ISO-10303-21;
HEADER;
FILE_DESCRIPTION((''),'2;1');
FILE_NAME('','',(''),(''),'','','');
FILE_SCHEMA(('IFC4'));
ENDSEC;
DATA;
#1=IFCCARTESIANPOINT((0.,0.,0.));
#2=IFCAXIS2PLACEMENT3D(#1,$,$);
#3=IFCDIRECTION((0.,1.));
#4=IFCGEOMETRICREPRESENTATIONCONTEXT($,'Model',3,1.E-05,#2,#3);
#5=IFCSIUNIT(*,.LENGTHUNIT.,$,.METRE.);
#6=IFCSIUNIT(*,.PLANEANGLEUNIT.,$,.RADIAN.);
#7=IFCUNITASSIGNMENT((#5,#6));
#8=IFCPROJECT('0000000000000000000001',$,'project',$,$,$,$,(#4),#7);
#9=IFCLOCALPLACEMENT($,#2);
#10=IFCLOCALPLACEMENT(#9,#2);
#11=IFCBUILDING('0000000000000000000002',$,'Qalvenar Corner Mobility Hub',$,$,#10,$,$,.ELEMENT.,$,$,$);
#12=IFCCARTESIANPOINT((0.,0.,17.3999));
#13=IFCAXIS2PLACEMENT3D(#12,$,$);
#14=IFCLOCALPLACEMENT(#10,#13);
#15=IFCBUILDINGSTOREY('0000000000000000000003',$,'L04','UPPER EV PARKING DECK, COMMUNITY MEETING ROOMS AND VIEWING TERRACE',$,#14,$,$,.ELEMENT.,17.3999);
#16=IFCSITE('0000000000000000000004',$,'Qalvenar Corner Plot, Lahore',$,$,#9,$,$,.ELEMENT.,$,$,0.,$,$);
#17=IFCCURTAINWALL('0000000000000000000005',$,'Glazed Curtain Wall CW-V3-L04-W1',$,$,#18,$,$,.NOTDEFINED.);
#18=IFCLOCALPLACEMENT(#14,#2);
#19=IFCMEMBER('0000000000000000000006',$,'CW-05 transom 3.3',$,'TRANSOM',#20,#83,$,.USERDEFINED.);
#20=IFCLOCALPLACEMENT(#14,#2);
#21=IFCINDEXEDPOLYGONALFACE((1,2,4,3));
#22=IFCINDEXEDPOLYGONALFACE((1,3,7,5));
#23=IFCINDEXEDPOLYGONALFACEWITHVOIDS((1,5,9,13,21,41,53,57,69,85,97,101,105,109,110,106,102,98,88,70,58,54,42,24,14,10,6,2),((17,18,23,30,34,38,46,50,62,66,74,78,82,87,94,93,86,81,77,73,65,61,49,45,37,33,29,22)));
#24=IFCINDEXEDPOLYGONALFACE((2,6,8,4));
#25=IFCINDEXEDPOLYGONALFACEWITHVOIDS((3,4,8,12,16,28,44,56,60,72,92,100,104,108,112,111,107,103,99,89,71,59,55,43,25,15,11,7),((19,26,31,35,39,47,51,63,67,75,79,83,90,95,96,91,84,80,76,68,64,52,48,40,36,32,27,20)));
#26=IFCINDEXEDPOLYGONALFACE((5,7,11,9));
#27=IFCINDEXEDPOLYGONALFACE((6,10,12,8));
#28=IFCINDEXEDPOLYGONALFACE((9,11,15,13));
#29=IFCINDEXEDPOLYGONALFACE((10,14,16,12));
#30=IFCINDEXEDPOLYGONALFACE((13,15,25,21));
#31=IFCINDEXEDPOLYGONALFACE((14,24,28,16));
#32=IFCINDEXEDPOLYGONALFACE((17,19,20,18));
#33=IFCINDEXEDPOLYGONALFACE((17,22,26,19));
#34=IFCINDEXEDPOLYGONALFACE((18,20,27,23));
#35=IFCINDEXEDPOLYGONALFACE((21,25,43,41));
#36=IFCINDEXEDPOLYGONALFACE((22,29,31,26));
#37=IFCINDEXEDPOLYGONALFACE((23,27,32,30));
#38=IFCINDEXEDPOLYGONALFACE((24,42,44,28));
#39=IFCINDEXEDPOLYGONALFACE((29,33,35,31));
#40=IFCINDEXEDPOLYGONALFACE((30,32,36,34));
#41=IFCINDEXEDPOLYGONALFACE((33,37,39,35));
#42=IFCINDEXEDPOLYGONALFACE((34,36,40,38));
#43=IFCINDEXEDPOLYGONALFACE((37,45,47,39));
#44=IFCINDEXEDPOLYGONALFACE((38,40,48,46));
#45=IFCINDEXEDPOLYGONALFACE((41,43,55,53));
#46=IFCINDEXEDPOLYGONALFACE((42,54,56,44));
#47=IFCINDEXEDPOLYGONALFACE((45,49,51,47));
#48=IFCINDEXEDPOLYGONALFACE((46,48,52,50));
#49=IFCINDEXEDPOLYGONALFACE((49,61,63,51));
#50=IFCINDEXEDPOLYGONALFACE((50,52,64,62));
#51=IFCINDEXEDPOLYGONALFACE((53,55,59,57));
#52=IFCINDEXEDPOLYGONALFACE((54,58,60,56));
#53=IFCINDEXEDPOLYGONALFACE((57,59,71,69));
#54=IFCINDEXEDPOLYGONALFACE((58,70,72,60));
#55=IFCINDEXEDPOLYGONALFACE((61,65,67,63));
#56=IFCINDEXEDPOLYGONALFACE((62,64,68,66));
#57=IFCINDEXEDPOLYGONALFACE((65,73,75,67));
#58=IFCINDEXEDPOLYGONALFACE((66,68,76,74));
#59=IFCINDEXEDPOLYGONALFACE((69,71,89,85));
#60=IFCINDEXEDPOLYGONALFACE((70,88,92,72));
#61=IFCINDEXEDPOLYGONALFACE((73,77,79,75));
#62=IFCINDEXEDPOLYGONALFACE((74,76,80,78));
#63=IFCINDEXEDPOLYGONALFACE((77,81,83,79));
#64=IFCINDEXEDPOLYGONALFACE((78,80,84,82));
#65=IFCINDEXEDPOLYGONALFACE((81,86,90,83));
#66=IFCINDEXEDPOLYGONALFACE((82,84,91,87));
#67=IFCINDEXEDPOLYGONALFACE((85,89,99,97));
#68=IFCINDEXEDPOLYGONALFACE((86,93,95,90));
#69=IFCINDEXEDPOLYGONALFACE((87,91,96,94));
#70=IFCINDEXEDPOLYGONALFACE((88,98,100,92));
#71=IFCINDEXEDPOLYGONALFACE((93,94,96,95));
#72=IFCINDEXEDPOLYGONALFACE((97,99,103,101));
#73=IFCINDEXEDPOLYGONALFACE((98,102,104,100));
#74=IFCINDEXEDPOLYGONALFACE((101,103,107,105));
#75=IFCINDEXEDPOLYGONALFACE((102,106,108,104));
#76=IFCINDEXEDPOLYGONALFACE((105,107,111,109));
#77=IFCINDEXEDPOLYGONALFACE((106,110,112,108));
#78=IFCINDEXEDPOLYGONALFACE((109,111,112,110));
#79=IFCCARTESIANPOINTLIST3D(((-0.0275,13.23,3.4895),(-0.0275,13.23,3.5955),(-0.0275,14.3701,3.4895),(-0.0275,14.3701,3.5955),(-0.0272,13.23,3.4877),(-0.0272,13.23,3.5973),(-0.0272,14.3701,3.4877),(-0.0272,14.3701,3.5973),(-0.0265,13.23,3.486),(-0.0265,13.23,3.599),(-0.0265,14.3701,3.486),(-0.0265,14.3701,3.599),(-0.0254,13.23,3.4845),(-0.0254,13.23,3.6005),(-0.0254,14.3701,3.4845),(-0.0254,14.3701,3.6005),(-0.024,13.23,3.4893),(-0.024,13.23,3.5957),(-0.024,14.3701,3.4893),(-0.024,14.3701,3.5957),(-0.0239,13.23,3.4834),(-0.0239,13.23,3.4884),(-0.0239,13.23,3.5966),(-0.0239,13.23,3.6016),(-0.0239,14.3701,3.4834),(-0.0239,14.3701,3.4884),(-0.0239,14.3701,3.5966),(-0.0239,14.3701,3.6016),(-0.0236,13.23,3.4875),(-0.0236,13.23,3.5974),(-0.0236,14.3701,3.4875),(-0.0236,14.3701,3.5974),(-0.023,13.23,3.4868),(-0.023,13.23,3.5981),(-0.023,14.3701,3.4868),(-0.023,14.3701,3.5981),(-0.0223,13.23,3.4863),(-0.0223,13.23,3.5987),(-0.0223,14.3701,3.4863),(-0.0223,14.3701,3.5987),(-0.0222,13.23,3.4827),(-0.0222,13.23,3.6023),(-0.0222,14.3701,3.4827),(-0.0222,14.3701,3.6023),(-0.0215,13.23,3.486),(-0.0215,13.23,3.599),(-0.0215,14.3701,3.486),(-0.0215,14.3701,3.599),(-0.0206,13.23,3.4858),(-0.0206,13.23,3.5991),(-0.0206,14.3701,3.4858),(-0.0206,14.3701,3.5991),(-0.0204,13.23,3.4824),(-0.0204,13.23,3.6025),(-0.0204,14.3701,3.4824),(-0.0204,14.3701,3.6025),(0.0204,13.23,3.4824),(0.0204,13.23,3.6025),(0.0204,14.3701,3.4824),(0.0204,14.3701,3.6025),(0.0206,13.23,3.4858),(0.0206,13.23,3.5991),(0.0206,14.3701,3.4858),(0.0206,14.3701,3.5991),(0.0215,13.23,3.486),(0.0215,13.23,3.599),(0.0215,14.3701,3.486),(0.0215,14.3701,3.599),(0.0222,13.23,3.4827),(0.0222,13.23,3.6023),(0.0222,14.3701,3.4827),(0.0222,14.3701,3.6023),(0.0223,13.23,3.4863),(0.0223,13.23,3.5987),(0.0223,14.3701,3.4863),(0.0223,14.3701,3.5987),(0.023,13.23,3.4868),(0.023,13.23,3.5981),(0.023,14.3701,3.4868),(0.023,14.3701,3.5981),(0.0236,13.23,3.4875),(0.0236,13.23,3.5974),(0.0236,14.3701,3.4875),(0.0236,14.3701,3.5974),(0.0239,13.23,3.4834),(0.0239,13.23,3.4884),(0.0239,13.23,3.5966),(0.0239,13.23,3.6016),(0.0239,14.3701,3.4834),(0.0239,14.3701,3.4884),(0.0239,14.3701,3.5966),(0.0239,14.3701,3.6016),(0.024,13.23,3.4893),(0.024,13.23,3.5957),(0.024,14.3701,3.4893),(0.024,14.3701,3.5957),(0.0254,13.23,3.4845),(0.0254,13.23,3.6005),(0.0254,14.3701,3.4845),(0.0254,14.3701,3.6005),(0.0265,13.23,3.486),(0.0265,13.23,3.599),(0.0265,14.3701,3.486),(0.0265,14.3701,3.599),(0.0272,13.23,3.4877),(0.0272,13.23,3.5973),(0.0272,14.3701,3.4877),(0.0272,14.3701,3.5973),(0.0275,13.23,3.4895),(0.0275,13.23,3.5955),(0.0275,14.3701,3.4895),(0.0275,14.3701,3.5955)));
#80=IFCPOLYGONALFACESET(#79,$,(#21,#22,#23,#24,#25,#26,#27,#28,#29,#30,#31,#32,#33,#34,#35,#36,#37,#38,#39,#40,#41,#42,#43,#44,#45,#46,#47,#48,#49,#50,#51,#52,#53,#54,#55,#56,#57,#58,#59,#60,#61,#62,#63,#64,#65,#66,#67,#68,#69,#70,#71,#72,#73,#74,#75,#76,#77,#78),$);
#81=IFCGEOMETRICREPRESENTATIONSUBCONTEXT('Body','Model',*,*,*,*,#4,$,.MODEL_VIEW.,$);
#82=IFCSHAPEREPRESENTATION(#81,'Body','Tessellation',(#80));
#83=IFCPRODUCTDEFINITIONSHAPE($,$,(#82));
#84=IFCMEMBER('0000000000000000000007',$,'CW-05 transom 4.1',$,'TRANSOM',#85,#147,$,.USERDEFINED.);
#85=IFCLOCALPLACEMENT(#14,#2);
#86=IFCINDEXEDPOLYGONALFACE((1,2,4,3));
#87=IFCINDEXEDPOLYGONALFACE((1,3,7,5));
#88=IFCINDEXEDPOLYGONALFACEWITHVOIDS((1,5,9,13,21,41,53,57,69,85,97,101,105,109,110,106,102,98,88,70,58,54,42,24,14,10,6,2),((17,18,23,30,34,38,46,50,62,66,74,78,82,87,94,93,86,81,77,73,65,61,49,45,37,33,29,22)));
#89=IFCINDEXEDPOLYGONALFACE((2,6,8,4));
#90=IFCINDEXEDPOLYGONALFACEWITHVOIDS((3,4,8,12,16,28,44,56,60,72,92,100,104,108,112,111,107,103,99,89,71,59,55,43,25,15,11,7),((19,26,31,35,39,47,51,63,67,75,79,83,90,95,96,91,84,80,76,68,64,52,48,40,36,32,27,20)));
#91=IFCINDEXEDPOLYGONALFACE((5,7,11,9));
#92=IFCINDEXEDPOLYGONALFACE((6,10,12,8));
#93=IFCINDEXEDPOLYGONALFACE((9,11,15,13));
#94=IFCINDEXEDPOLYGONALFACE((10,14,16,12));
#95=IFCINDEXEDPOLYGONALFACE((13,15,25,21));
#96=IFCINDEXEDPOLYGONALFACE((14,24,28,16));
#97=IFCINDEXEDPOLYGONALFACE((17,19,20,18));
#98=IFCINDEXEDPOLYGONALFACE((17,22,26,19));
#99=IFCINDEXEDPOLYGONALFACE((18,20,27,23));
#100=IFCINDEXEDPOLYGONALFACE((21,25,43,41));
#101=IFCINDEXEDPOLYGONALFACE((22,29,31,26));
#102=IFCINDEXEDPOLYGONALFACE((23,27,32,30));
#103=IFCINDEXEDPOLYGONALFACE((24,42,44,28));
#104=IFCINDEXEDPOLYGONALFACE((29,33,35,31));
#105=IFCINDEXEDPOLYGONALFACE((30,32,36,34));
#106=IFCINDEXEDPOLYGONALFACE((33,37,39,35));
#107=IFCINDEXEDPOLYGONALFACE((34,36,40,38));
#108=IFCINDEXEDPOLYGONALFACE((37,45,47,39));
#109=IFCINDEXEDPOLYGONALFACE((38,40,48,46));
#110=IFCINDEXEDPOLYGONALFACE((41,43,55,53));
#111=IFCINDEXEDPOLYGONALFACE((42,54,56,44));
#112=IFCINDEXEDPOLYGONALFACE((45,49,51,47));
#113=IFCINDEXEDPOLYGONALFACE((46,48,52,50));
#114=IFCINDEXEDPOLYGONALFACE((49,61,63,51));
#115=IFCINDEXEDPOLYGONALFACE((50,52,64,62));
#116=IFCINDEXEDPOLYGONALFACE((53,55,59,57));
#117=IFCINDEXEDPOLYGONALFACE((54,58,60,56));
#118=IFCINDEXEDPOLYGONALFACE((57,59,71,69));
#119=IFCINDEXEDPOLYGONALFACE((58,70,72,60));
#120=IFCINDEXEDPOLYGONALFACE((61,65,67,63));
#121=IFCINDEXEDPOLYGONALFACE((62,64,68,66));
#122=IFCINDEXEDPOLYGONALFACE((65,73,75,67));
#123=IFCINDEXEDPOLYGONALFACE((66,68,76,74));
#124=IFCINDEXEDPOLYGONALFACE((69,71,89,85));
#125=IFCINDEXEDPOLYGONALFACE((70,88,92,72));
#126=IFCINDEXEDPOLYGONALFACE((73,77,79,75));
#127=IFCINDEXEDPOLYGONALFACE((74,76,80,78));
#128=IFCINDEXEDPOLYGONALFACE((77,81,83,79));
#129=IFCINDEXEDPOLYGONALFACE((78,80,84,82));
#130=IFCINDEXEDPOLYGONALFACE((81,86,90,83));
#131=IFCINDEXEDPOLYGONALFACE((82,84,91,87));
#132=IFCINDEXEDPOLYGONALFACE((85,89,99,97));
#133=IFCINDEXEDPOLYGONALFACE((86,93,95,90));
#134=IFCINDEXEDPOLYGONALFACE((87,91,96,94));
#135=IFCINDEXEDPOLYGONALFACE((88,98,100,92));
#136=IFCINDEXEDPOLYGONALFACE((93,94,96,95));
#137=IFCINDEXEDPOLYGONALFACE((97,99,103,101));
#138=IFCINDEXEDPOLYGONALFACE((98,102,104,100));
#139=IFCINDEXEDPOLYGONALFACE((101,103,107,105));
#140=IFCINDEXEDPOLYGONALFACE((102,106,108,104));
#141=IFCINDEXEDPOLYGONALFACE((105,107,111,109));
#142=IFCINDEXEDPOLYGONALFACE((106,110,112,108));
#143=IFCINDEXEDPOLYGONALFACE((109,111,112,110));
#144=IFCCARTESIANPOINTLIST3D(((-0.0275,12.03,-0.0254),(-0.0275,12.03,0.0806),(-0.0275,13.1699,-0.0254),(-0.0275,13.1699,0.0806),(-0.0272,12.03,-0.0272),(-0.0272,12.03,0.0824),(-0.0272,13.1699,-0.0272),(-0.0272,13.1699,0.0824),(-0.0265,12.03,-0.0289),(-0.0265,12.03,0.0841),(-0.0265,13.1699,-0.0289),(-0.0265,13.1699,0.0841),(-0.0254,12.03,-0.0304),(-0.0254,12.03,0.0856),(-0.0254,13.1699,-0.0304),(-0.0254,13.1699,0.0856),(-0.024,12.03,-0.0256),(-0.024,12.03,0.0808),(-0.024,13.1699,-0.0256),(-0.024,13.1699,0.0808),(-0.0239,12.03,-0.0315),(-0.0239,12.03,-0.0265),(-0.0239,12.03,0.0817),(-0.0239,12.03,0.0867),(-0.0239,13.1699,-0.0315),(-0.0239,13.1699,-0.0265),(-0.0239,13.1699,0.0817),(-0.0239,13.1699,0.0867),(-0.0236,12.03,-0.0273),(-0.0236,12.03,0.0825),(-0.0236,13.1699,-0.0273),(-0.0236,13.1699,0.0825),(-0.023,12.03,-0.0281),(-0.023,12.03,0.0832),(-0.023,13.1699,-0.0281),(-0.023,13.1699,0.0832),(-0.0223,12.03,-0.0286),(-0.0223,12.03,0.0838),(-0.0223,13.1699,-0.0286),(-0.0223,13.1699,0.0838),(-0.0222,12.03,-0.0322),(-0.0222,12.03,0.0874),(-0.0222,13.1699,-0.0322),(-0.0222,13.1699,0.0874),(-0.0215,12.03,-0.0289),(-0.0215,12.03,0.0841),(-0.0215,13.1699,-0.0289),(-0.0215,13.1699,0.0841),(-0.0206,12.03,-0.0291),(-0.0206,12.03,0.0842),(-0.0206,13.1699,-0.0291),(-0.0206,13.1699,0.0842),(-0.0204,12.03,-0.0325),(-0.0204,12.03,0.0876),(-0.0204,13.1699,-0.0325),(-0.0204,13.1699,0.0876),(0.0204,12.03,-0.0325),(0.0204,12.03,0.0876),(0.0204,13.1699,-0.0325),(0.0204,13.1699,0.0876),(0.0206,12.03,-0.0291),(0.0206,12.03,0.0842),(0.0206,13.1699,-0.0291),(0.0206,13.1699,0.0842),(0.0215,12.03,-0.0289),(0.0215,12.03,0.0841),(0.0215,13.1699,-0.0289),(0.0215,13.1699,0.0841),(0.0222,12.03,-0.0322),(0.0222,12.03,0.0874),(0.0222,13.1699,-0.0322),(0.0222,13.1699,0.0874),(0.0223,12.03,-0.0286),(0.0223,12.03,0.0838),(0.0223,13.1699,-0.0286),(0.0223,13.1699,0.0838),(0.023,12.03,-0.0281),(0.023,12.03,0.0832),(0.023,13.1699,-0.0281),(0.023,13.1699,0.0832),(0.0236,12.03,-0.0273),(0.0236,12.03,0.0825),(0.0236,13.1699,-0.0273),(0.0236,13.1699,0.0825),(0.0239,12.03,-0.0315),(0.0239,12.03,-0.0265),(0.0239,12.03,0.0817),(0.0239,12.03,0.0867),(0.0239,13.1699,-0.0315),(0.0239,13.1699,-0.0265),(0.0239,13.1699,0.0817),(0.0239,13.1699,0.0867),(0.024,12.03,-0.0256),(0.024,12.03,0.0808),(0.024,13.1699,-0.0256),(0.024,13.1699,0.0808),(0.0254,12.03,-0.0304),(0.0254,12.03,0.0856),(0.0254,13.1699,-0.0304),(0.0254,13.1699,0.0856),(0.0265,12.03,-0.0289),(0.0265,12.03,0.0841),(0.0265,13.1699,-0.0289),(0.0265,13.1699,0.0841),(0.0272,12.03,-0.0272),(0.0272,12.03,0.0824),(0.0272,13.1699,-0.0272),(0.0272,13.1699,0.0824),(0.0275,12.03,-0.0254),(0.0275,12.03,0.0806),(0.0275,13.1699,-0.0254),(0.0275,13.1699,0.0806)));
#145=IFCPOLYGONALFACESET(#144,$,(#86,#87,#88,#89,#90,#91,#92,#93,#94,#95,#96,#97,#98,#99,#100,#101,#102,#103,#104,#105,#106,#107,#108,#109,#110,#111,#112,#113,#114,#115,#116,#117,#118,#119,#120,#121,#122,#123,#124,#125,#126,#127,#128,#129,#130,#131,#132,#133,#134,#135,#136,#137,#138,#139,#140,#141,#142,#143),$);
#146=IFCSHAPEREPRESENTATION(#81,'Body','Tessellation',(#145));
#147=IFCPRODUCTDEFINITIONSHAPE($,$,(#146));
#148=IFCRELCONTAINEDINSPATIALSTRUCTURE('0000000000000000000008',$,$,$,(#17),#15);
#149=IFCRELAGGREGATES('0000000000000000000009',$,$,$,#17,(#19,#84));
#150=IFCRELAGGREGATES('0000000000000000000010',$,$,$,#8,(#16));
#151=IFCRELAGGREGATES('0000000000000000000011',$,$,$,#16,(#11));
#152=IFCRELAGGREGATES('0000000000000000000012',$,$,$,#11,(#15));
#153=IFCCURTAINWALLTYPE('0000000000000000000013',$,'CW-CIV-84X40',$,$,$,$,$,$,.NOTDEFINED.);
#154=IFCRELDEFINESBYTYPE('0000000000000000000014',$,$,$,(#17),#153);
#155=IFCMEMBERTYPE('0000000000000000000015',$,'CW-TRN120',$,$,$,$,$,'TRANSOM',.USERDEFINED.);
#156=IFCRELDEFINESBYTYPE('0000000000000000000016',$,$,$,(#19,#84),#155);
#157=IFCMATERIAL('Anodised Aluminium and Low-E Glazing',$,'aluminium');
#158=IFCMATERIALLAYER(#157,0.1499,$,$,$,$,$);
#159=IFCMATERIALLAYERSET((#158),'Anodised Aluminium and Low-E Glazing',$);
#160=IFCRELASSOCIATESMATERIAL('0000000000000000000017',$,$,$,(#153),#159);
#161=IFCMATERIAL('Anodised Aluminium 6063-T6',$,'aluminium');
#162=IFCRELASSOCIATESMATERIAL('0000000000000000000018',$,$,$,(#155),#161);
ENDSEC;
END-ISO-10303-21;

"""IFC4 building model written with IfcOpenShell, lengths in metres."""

from ifc_helpers import new_model, si_unit, direction, frame, origin, origin_2d, place, context, subcontext, project, spatial, hollow_rectangle, extrude, material, layer, layer_set, material_profile, profile_set, type_object, element, aggregate, save


model = new_model("IFC4")

# Units and contexts
model_context = context("Model", 3, precision=1e-05, world=origin(), true_north=direction((0.0, 1.0)))
body_context = subcontext(model_context, "Body", "Model", "MODEL_VIEW")
ifc_project = project(units=[si_unit("LENGTHUNIT", "METRE"), si_unit("PLANEANGLEUNIT", "RADIAN")], contexts=[model_context])

# Site, building, storey
site_placement = place(None, origin())
site = spatial("IfcSite", under=ifc_project, at=site_placement, Name="Qalvenar Corner Plot, Lahore", CompositionType="ELEMENT", RefElevation=0.0)
building_placement = place(site_placement, origin())
building = spatial("IfcBuilding", under=site, at=building_placement, Name="Qalvenar Corner Mobility Hub", CompositionType="ELEMENT")
storey_placement = place(building_placement, frame((0.0, 0.0, 17.3999)))
storey = spatial("IfcBuildingStorey", under=building, at=storey_placement, Name="L04", Description="UPPER EV PARKING DECK, COMMUNITY MEETING ROOMS AND VIEWING TERRACE", CompositionType="ELEMENT", Elevation=17.3999)

# Curtain wall, members
ifc_material_1 = material(Name="Anodised Aluminium and Low-E Glazing", Category="aluminium")
ifc_layer_1 = layer(ifc_material_1, 0.1499)
ifc_layer_set_1 = layer_set([ifc_layer_1], Name="Anodised Aluminium and Low-E Glazing")
curtain_wall_type = type_object("IfcCurtainWallType", Name="CW-CIV-84X40", PredefinedType="NOTDEFINED", material=ifc_layer_set_1)
curtain_wall_placement = place(storey_placement, origin())
curtain_wall = element("IfcCurtainWall", 1, at=curtain_wall_placement, inside=storey, type_object=curtain_wall_type, Name="Glazed Curtain Wall CW-V3-L04-W1", PredefinedType="NOTDEFINED")
ifc_material_2 = material(Name="Anodised Aluminium 6063-T6", Category="aluminium")
ifc_material_profile_1 = material_profile(ifc_material_2, hollow_rectangle(XDim=0.0549, YDim=0.1201, WallThickness=0.0034, InnerFilletRadius=0.0034, OuterFilletRadius=0.0071, at=origin_2d()), Name="RHS120x55x3.5")
ifc_profile_set_1 = profile_set([ifc_material_profile_1], Name="Anodised Aluminium 6063-T6")
member_type_1 = type_object("IfcMemberType", Name="CW-TRN120", ElementType="TRANSOM", PredefinedType="USERDEFINED", material=ifc_profile_set_1)
member_1_placement = place(storey_placement, frame((0.0, 14.3701, 3.5425), z_axis=(0.0, -1.0, 0.0), x_axis=(1.0, 0.0, 0.0)))
member_1 = element("IfcMember", 2, at=member_1_placement, type_object=member_type_1, Name="CW-05 transom 3.3", ObjectType="TRANSOM", PredefinedType="USERDEFINED", context=body_context, shape_type="SweptSolid", body=[
    extrude(hollow_rectangle(XDim=0.0549, YDim=0.1201, WallThickness=0.0034, InnerFilletRadius=0.0034, OuterFilletRadius=0.0071, at=origin_2d()), origin(), (0.0, 0.0, 1.0), 1.1401),
])
member_2_placement = place(storey_placement, frame((0.0, 13.1699, 0.0276), z_axis=(0.0, -1.0, 0.0), x_axis=(1.0, 0.0, 0.0)))
member_2 = element("IfcMember", 3, at=member_2_placement, type_object=member_type_1, Name="CW-05 transom 4.1", ObjectType="TRANSOM", PredefinedType="USERDEFINED", context=body_context, shape_type="SweptSolid", body=[
    extrude(hollow_rectangle(XDim=0.0549, YDim=0.1201, WallThickness=0.0034, InnerFilletRadius=0.0034, OuterFilletRadius=0.0071, at=origin_2d()), origin(), (0.0, 0.0, 1.0), 1.1399),
])
aggregate(curtain_wall, [member_1, member_2])

save(model, "model.ifc")
